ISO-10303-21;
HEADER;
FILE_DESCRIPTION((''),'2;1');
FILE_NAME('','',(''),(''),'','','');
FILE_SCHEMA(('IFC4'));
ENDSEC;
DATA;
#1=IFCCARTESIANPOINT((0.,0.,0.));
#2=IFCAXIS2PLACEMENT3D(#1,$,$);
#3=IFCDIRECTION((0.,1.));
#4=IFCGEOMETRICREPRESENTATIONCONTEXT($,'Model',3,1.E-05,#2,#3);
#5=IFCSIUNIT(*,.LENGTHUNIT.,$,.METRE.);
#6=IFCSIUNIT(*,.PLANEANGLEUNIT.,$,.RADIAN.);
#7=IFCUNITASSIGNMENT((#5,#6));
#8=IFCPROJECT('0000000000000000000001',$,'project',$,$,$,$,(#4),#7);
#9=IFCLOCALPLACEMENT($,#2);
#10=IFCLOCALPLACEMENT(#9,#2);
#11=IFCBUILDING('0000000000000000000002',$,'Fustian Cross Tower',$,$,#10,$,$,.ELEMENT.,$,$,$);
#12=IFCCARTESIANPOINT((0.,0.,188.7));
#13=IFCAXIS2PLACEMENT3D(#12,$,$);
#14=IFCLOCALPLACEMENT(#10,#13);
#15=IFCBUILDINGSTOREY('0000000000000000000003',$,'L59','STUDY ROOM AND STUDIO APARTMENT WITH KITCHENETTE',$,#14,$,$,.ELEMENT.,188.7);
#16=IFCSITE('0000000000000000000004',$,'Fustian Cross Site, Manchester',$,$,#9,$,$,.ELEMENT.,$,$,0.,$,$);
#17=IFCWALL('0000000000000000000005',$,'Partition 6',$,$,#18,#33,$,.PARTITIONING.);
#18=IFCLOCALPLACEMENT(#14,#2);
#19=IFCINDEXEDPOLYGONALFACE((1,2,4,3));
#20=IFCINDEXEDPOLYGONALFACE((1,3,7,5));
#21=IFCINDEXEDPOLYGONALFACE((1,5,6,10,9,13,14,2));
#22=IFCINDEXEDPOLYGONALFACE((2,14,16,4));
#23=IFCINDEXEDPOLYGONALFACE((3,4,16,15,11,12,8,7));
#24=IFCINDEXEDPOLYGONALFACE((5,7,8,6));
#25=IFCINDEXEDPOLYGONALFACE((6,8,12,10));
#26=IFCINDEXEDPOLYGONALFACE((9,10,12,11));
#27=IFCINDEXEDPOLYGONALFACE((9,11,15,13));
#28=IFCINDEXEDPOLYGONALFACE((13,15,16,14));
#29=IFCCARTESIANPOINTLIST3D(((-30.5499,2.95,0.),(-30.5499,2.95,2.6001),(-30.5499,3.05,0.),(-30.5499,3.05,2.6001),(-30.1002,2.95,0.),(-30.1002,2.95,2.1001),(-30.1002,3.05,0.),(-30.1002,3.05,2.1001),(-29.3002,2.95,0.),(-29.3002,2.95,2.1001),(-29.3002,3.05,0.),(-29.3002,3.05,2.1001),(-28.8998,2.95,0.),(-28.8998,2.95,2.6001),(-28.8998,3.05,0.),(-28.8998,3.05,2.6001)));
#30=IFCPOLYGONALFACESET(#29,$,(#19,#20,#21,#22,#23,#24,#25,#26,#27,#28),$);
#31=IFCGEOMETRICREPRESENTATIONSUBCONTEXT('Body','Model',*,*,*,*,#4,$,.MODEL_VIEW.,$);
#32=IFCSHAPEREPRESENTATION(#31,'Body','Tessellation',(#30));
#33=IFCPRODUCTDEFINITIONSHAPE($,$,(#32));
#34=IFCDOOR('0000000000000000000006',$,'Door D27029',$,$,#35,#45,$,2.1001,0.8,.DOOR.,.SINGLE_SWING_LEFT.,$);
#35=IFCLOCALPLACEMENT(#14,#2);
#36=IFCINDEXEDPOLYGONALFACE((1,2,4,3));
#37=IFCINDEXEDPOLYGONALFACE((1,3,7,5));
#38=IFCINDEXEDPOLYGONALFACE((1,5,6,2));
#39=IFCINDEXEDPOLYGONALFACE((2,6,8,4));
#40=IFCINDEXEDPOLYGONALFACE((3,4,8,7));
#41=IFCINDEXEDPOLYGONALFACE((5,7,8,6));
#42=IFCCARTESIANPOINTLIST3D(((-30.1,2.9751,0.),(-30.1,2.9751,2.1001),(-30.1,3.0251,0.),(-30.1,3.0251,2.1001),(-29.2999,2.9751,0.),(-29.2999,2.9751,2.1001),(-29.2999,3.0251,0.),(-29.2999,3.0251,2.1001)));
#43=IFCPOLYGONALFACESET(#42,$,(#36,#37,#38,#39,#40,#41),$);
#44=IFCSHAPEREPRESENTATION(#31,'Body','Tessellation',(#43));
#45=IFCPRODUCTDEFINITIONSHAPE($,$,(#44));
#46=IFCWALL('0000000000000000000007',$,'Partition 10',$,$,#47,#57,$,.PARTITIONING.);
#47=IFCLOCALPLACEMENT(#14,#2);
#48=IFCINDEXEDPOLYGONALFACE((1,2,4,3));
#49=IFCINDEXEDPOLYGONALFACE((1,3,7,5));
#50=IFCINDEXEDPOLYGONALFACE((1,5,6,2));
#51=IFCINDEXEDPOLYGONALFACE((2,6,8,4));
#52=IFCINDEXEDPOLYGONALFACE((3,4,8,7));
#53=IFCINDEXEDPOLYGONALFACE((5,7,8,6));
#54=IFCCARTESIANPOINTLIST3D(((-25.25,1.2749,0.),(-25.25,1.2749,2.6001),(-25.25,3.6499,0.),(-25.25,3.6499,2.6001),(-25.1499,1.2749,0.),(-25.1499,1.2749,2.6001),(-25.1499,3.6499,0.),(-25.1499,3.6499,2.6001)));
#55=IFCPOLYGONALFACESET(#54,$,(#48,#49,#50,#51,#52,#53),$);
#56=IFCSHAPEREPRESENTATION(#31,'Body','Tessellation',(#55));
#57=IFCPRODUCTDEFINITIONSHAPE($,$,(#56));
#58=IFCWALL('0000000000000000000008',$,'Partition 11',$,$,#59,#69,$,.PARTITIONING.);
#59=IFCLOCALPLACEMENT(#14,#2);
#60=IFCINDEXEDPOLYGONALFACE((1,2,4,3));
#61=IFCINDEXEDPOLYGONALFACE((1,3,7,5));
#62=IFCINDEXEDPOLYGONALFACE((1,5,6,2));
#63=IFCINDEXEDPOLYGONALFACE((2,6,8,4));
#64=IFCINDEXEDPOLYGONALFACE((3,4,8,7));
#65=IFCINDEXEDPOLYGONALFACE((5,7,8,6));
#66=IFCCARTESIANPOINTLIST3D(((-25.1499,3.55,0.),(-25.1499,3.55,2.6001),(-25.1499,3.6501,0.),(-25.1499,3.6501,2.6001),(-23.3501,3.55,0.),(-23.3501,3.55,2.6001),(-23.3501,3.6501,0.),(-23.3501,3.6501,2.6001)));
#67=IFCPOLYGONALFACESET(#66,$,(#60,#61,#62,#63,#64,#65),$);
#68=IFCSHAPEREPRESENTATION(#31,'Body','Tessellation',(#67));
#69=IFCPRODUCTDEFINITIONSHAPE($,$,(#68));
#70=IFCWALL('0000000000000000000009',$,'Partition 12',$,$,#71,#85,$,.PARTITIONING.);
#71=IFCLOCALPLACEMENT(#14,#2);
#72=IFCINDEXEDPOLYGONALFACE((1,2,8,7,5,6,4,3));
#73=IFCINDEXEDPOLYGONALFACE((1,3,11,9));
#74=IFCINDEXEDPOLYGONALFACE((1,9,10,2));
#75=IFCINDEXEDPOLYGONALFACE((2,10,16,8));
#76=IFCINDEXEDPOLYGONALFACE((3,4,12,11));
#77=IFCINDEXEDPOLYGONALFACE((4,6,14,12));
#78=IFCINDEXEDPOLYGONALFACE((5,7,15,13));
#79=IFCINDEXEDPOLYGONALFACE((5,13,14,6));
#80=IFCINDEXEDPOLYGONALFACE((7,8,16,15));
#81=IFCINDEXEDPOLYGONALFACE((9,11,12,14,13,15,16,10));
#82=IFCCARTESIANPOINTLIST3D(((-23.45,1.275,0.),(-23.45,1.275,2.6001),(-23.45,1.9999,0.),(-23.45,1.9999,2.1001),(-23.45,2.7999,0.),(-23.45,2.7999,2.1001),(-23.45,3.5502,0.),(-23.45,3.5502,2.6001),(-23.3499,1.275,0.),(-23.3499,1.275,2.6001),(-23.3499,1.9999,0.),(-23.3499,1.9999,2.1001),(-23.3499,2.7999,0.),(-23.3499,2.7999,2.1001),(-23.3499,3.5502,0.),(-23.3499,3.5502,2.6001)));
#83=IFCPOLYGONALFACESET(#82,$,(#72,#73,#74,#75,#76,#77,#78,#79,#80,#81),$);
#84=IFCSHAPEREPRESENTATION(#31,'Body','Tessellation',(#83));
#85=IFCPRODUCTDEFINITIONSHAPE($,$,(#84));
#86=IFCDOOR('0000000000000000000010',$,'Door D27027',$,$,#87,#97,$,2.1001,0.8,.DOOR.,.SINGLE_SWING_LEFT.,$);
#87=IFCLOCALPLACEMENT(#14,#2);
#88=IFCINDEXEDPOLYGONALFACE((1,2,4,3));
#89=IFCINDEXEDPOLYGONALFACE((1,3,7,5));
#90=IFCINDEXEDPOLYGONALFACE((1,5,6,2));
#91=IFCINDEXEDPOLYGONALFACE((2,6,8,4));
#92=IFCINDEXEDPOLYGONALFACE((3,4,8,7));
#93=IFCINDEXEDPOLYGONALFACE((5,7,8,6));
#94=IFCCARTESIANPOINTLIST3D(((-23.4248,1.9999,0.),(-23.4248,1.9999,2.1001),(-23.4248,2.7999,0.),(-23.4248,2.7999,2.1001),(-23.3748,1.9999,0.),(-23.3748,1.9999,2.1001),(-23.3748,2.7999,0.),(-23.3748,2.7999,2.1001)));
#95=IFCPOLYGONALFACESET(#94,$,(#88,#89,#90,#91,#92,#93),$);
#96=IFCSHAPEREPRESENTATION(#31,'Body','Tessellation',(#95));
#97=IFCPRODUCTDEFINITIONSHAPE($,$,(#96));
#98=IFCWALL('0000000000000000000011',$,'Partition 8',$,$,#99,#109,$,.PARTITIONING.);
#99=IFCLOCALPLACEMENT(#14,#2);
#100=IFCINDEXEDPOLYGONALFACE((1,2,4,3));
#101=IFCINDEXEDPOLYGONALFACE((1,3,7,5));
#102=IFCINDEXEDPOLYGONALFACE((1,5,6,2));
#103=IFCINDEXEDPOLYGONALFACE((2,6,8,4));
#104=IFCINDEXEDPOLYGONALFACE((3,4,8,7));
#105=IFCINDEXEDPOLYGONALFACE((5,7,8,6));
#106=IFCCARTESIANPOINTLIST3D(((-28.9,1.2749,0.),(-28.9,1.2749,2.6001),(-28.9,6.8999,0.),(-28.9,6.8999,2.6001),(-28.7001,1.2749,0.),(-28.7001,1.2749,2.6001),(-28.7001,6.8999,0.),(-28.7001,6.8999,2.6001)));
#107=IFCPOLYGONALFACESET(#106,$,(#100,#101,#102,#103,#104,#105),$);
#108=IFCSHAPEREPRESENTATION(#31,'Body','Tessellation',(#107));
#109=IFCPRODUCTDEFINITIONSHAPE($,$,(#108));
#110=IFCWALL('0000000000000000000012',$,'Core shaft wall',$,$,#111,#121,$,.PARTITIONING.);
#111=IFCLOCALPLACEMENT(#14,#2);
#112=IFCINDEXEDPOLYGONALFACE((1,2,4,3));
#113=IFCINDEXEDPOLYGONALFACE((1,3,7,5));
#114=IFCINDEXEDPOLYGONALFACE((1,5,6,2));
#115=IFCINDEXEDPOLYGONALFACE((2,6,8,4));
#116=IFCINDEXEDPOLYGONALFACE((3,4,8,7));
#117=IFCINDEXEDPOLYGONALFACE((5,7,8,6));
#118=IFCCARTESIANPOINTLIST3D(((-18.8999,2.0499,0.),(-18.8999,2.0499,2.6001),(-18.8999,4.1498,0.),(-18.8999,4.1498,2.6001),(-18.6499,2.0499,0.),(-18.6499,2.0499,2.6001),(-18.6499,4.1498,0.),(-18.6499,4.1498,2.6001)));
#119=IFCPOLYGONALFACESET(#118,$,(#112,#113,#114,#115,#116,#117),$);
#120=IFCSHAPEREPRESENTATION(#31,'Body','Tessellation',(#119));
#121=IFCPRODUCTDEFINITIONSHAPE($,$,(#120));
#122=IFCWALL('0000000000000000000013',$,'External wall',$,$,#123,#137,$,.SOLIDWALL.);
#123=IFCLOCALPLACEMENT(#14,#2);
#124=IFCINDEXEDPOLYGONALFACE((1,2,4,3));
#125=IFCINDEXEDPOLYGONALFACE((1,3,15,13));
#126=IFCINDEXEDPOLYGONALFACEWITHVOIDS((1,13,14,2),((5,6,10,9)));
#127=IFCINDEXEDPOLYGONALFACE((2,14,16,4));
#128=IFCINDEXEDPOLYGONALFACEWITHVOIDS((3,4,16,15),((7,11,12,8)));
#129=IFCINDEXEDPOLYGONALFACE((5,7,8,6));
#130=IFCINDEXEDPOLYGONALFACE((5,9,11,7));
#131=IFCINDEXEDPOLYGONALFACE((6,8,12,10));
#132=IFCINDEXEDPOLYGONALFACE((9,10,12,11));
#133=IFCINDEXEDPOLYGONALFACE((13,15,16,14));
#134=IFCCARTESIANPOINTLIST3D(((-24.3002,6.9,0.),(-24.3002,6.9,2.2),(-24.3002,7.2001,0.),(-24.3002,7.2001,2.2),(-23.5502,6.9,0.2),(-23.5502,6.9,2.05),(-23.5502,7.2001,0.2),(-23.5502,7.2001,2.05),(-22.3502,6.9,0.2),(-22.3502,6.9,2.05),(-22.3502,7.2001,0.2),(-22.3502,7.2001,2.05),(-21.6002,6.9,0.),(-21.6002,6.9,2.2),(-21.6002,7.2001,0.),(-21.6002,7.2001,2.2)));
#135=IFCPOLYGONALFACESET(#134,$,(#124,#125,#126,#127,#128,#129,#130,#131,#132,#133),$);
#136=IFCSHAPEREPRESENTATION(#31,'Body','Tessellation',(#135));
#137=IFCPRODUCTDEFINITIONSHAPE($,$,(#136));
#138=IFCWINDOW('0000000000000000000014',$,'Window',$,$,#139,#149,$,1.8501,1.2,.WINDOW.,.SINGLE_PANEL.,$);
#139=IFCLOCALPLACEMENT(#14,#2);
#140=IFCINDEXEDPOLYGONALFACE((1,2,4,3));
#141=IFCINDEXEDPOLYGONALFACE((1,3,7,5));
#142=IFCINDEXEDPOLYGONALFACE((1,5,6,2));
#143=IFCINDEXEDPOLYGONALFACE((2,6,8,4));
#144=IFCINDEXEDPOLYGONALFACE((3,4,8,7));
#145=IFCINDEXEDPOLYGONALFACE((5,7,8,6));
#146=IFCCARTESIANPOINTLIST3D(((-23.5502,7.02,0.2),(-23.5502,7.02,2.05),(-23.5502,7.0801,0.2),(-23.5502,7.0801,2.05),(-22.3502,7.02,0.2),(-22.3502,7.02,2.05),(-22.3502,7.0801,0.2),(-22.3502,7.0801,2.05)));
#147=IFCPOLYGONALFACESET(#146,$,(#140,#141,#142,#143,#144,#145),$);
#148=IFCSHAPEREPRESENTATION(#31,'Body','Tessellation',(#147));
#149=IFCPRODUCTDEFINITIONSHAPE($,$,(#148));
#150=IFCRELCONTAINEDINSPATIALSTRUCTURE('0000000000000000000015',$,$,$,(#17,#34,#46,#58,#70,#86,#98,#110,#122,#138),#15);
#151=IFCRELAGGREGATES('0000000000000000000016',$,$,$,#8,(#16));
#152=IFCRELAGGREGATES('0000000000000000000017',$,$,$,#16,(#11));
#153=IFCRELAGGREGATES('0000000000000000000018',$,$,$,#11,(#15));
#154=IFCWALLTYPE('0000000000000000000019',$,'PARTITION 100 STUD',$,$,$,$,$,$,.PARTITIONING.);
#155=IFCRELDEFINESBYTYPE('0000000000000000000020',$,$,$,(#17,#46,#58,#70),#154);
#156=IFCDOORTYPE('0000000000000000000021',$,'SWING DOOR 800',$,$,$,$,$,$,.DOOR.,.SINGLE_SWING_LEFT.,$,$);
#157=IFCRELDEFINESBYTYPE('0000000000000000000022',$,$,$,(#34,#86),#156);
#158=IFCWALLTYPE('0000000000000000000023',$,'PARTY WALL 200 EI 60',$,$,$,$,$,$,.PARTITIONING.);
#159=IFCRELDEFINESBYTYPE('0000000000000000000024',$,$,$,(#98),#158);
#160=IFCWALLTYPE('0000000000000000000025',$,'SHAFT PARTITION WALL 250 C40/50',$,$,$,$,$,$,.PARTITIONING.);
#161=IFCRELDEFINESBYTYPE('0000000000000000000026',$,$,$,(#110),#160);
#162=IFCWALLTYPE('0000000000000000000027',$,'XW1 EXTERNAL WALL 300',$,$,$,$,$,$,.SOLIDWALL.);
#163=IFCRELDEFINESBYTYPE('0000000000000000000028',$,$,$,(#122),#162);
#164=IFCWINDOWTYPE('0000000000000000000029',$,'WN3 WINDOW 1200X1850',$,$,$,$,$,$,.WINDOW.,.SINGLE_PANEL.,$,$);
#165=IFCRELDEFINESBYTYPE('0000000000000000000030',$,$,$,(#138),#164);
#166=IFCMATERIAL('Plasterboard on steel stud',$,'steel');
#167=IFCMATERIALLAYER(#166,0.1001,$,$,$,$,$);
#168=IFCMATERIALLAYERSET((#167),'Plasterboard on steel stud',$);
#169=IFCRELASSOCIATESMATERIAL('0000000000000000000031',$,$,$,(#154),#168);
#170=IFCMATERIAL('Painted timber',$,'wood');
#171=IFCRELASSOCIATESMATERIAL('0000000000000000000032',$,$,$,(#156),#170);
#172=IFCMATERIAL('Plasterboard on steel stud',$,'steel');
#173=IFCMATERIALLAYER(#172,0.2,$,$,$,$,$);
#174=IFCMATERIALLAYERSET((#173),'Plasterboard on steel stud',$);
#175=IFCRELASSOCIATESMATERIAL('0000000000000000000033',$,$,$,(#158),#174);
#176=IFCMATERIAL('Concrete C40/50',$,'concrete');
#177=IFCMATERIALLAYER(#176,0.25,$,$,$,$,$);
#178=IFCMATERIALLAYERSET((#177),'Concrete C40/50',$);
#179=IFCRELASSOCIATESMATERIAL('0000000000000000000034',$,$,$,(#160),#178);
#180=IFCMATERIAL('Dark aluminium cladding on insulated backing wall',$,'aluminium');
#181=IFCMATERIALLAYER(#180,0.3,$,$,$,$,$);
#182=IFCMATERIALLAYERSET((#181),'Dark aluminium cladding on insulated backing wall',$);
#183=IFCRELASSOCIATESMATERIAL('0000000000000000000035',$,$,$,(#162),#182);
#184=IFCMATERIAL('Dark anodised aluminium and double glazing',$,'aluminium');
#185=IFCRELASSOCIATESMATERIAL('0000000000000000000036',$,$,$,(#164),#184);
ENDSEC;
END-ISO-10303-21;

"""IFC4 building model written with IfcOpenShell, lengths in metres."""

from ifc_helpers import new_model, si_unit, direction, frame, frame_2d, origin, place, context, subcontext, project, spatial, rectangle, extrude, material, layer, layer_set, type_object, element, fill, save


model = new_model("IFC4")

# Units and contexts
model_context = context("Model", 3, precision=1e-05, world=origin(), true_north=direction((0.0, 1.0)))
body_context = subcontext(model_context, "Body", "Model", "MODEL_VIEW")
ifc_project = project(units=[si_unit("LENGTHUNIT", "METRE"), si_unit("PLANEANGLEUNIT", "RADIAN")], contexts=[model_context])

# Site, building, storey
site_placement = place(None, origin())
site = spatial("IfcSite", under=ifc_project, at=site_placement, Name="Fustian Cross Site, Manchester", CompositionType="ELEMENT", RefElevation=0.0)
building_placement = place(site_placement, origin())
building = spatial("IfcBuilding", under=site, at=building_placement, Name="Fustian Cross Tower", CompositionType="ELEMENT")
storey_placement = place(building_placement, frame((0.0, 0.0, 188.7)))
storey = spatial("IfcBuildingStorey", under=building, at=storey_placement, Name="L59", Description="STUDY ROOM AND STUDIO APARTMENT WITH KITCHENETTE", CompositionType="ELEMENT", Elevation=188.7)

# Shared definitions
ifc_material_1 = material(Name="Plasterboard on steel stud", Category="steel")
ifc_layer_1 = layer(ifc_material_1, 0.1001)
ifc_layer_set_1 = layer_set([ifc_layer_1], Name="Plasterboard on steel stud")
wall_type_1 = type_object("IfcWallType", Name="PARTITION 100 STUD", PredefinedType="PARTITIONING", material=ifc_layer_set_1)

# Wall, opening, door
wall_1_placement = place(storey_placement, frame((-30.55, 3.0, 0.0), z_axis=(0.0, 0.0, 1.0), x_axis=(1.0, 0.0, 0.0)))
wall_1 = element("IfcWall", 1, at=wall_1_placement, inside=storey, type_object=wall_type_1, Name="Partition 6", PredefinedType="PARTITIONING", context=body_context, shape_type="SweptSolid", body=[
    extrude(rectangle(XDim=1.6501, YDim=0.1001, at=frame_2d((0.8252, 0.0))), origin(), (0.0, 0.0, 1.0), 2.6001),
])
opening_1_placement = place(wall_1_placement, frame((0.45, 0.0, 0.0)))
opening_1 = element("IfcOpeningElement", 2, at=opening_1_placement, cuts=wall_1, PredefinedType="OPENING", context=body_context, shape_type="SweptSolid", body=[
    extrude(rectangle(XDim=0.8, YDim=2.1001, at=frame_2d((0.3999, 1.05))), frame((0.0, 0.0601, 0.0), z_axis=(0.0, -1.0, 0.0), x_axis=(1.0, 0.0, 0.0)), (0.0, 0.0, 1.0), 0.1201),
])
ifc_material_2 = material(Name="Painted timber", Category="wood")
door_type = type_object("IfcDoorType", Name="SWING DOOR 800", OperationType="SINGLE_SWING_LEFT", PredefinedType="DOOR", material=ifc_material_2)
door_1_placement = place(opening_1_placement, frame((0.8, 0.0, 0.0), z_axis=(0.0, 0.0, 1.0), x_axis=(-1.0, 0.0, 0.0)))
door_1 = element("IfcDoor", 3, at=door_1_placement, inside=storey, type_object=door_type, Name="Door D27029", OperationType="SINGLE_SWING_LEFT", OverallHeight=2.1001, OverallWidth=0.8, PredefinedType="DOOR", context=body_context, shape_type="SweptSolid", body=[
    extrude(rectangle(XDim=0.8, YDim=2.1001, at=frame_2d((0.3999, 1.05))), frame((0.0, 0.0249, 0.0), z_axis=(0.0, -1.0, 0.0), x_axis=(1.0, 0.0, 0.0)), (0.0, 0.0, 1.0), 0.05),
])
fill(opening_1, door_1)

# Walls
wall_2_placement = place(storey_placement, frame((-25.2, 1.2749, 0.0), z_axis=(0.0, 0.0, 1.0), x_axis=(0.0, 1.0, 0.0)))
element("IfcWall", 4, at=wall_2_placement, inside=storey, type_object=wall_type_1, Name="Partition 10", PredefinedType="PARTITIONING", context=body_context, shape_type="SweptSolid", body=[
    extrude(rectangle(XDim=2.375, YDim=0.1001, at=frame_2d((1.1875, 0.0))), origin(), (0.0, 0.0, 1.0), 2.6001),
])
wall_3_placement = place(storey_placement, frame((-25.1499, 3.6001, 0.0), z_axis=(0.0, 0.0, 1.0), x_axis=(1.0, 0.0, 0.0)))
element("IfcWall", 5, at=wall_3_placement, inside=storey, type_object=wall_type_1, Name="Partition 11", PredefinedType="PARTITIONING", context=body_context, shape_type="SweptSolid", body=[
    extrude(rectangle(XDim=1.7998, YDim=0.1001, at=frame_2d((0.8999, 0.0))), origin(), (0.0, 0.0, 1.0), 2.6001),
])

# Wall, opening, door
wall_4_placement = place(storey_placement, frame((-23.3999, 1.2749, 0.0), z_axis=(0.0, 0.0, 1.0), x_axis=(0.0, 1.0, 0.0)))
wall_4 = element("IfcWall", 6, at=wall_4_placement, inside=storey, type_object=wall_type_1, Name="Partition 12", PredefinedType="PARTITIONING", context=body_context, shape_type="SweptSolid", body=[
    extrude(rectangle(XDim=2.2751, YDim=0.1001, at=frame_2d((1.1377, 0.0))), origin(), (0.0, 0.0, 1.0), 2.6001),
])
opening_2_placement = place(wall_4_placement, frame((0.7251, 0.0, 0.0)))
opening_2 = element("IfcOpeningElement", 7, at=opening_2_placement, cuts=wall_4, PredefinedType="OPENING", context=body_context, shape_type="SweptSolid", body=[
    extrude(rectangle(XDim=0.8, YDim=2.1001, at=frame_2d((0.3999, 1.05))), frame((0.0, 0.0601, 0.0), z_axis=(0.0, -1.0, 0.0), x_axis=(1.0, 0.0, 0.0)), (0.0, 0.0, 1.0), 0.1201),
])
door_2_placement = place(opening_2_placement, origin())
door_2 = element("IfcDoor", 8, at=door_2_placement, inside=storey, type_object=door_type, Name="Door D27027", OperationType="SINGLE_SWING_LEFT", OverallHeight=2.1001, OverallWidth=0.8, PredefinedType="DOOR", context=body_context, shape_type="SweptSolid", body=[
    extrude(rectangle(XDim=0.8, YDim=2.1001, at=frame_2d((0.3999, 1.05))), frame((0.0, 0.0249, 0.0), z_axis=(0.0, -1.0, 0.0), x_axis=(1.0, 0.0, 0.0)), (0.0, 0.0, 1.0), 0.05),
])
fill(opening_2, door_2)

# Walls
ifc_material_3 = material(Name="Plasterboard on steel stud", Category="steel")
ifc_layer_2 = layer(ifc_material_3, 0.2)
ifc_layer_set_2 = layer_set([ifc_layer_2], Name="Plasterboard on steel stud")
wall_type_2 = type_object("IfcWallType", Name="PARTY WALL 200 EI 60", PredefinedType="PARTITIONING", material=ifc_layer_set_2)
wall_5_placement = place(storey_placement, frame((-28.8, 1.2749, 0.0), z_axis=(0.0, 0.0, 1.0), x_axis=(0.0, 1.0, 0.0)))
element("IfcWall", 9, at=wall_5_placement, inside=storey, type_object=wall_type_2, Name="Partition 8", PredefinedType="PARTITIONING", context=body_context, shape_type="SweptSolid", body=[
    extrude(rectangle(XDim=5.625, YDim=0.2, at=frame_2d((2.8125, 0.0))), origin(), (0.0, 0.0, 1.0), 2.6001),
])
ifc_material_4 = material(Name="Concrete C40/50", Category="concrete")
ifc_layer_3 = layer(ifc_material_4, 0.25)
ifc_layer_set_3 = layer_set([ifc_layer_3], Name="Concrete C40/50")
wall_type_3 = type_object("IfcWallType", Name="SHAFT PARTITION WALL 250 C40/50", PredefinedType="PARTITIONING", material=ifc_layer_set_3)
wall_6_placement = place(storey_placement, frame((-18.7749, 2.05, 0.0), z_axis=(0.0, 0.0, 1.0), x_axis=(0.0, 1.0, 0.0)))
element("IfcWall", 10, at=wall_6_placement, inside=storey, type_object=wall_type_3, Name="Core shaft wall", PredefinedType="PARTITIONING", context=body_context, shape_type="SweptSolid", body=[
    extrude(rectangle(XDim=2.0999, YDim=0.25, at=frame_2d((1.0498, 0.0))), origin(), (0.0, 0.0, 1.0), 2.6001),
])

# Wall, opening, window
ifc_material_5 = material(Name="Dark aluminium cladding on insulated backing wall", Category="aluminium")
ifc_layer_4 = layer(ifc_material_5, 0.3)
ifc_layer_set_4 = layer_set([ifc_layer_4], Name="Dark aluminium cladding on insulated backing wall")
wall_type_4 = type_object("IfcWallType", Name="XW1 EXTERNAL WALL 300", PredefinedType="SOLIDWALL", material=ifc_layer_set_4)
wall_7_placement = place(storey_placement, frame((-21.6001, 7.05, 0.0), z_axis=(0.0, 0.0, 1.0), x_axis=(-1.0, 0.0, 0.0)))
wall_7 = element("IfcWall", 11, at=wall_7_placement, inside=storey, type_object=wall_type_4, Name="External wall", PredefinedType="SOLIDWALL", context=body_context, shape_type="SweptSolid", body=[
    extrude(rectangle(XDim=2.7, YDim=0.3, at=frame_2d((1.3501, 0.0))), origin(), (0.0, 0.0, 1.0), 2.2),
])
opening_3_placement = place(wall_7_placement, frame((0.75, 0.0, 0.2)))
opening_3 = element("IfcOpeningElement", 12, at=opening_3_placement, cuts=wall_7, PredefinedType="OPENING", context=body_context, shape_type="SweptSolid", body=[
    extrude(rectangle(XDim=1.2, YDim=1.8501, at=frame_2d((0.6001, 0.925))), frame((0.0, 0.1599, 0.0), z_axis=(0.0, -1.0, 0.0), x_axis=(1.0, 0.0, 0.0)), (0.0, 0.0, 1.0), 0.3201),
])
ifc_material_6 = material(Name="Dark anodised aluminium and double glazing", Category="aluminium")
window_type = type_object("IfcWindowType", Name="WN3 WINDOW 1200X1850", PartitioningType="SINGLE_PANEL", PredefinedType="WINDOW", material=ifc_material_6)
window_1_placement = place(opening_3_placement, origin())
window_1 = element("IfcWindow", 13, at=window_1_placement, inside=storey, type_object=window_type, Name="Window", OverallHeight=1.8501, OverallWidth=1.2, PartitioningType="SINGLE_PANEL", PredefinedType="WINDOW", context=body_context, shape_type="SweptSolid", body=[
    extrude(rectangle(XDim=1.2, YDim=1.8501, at=frame_2d((0.6001, 0.925))), frame((0.0, 0.03, 0.0), z_axis=(0.0, -1.0, 0.0), x_axis=(1.0, 0.0, 0.0)), (0.0, 0.0, 1.0), 0.0601),
])
fill(opening_3, window_1)

save(model, "model.ifc")
